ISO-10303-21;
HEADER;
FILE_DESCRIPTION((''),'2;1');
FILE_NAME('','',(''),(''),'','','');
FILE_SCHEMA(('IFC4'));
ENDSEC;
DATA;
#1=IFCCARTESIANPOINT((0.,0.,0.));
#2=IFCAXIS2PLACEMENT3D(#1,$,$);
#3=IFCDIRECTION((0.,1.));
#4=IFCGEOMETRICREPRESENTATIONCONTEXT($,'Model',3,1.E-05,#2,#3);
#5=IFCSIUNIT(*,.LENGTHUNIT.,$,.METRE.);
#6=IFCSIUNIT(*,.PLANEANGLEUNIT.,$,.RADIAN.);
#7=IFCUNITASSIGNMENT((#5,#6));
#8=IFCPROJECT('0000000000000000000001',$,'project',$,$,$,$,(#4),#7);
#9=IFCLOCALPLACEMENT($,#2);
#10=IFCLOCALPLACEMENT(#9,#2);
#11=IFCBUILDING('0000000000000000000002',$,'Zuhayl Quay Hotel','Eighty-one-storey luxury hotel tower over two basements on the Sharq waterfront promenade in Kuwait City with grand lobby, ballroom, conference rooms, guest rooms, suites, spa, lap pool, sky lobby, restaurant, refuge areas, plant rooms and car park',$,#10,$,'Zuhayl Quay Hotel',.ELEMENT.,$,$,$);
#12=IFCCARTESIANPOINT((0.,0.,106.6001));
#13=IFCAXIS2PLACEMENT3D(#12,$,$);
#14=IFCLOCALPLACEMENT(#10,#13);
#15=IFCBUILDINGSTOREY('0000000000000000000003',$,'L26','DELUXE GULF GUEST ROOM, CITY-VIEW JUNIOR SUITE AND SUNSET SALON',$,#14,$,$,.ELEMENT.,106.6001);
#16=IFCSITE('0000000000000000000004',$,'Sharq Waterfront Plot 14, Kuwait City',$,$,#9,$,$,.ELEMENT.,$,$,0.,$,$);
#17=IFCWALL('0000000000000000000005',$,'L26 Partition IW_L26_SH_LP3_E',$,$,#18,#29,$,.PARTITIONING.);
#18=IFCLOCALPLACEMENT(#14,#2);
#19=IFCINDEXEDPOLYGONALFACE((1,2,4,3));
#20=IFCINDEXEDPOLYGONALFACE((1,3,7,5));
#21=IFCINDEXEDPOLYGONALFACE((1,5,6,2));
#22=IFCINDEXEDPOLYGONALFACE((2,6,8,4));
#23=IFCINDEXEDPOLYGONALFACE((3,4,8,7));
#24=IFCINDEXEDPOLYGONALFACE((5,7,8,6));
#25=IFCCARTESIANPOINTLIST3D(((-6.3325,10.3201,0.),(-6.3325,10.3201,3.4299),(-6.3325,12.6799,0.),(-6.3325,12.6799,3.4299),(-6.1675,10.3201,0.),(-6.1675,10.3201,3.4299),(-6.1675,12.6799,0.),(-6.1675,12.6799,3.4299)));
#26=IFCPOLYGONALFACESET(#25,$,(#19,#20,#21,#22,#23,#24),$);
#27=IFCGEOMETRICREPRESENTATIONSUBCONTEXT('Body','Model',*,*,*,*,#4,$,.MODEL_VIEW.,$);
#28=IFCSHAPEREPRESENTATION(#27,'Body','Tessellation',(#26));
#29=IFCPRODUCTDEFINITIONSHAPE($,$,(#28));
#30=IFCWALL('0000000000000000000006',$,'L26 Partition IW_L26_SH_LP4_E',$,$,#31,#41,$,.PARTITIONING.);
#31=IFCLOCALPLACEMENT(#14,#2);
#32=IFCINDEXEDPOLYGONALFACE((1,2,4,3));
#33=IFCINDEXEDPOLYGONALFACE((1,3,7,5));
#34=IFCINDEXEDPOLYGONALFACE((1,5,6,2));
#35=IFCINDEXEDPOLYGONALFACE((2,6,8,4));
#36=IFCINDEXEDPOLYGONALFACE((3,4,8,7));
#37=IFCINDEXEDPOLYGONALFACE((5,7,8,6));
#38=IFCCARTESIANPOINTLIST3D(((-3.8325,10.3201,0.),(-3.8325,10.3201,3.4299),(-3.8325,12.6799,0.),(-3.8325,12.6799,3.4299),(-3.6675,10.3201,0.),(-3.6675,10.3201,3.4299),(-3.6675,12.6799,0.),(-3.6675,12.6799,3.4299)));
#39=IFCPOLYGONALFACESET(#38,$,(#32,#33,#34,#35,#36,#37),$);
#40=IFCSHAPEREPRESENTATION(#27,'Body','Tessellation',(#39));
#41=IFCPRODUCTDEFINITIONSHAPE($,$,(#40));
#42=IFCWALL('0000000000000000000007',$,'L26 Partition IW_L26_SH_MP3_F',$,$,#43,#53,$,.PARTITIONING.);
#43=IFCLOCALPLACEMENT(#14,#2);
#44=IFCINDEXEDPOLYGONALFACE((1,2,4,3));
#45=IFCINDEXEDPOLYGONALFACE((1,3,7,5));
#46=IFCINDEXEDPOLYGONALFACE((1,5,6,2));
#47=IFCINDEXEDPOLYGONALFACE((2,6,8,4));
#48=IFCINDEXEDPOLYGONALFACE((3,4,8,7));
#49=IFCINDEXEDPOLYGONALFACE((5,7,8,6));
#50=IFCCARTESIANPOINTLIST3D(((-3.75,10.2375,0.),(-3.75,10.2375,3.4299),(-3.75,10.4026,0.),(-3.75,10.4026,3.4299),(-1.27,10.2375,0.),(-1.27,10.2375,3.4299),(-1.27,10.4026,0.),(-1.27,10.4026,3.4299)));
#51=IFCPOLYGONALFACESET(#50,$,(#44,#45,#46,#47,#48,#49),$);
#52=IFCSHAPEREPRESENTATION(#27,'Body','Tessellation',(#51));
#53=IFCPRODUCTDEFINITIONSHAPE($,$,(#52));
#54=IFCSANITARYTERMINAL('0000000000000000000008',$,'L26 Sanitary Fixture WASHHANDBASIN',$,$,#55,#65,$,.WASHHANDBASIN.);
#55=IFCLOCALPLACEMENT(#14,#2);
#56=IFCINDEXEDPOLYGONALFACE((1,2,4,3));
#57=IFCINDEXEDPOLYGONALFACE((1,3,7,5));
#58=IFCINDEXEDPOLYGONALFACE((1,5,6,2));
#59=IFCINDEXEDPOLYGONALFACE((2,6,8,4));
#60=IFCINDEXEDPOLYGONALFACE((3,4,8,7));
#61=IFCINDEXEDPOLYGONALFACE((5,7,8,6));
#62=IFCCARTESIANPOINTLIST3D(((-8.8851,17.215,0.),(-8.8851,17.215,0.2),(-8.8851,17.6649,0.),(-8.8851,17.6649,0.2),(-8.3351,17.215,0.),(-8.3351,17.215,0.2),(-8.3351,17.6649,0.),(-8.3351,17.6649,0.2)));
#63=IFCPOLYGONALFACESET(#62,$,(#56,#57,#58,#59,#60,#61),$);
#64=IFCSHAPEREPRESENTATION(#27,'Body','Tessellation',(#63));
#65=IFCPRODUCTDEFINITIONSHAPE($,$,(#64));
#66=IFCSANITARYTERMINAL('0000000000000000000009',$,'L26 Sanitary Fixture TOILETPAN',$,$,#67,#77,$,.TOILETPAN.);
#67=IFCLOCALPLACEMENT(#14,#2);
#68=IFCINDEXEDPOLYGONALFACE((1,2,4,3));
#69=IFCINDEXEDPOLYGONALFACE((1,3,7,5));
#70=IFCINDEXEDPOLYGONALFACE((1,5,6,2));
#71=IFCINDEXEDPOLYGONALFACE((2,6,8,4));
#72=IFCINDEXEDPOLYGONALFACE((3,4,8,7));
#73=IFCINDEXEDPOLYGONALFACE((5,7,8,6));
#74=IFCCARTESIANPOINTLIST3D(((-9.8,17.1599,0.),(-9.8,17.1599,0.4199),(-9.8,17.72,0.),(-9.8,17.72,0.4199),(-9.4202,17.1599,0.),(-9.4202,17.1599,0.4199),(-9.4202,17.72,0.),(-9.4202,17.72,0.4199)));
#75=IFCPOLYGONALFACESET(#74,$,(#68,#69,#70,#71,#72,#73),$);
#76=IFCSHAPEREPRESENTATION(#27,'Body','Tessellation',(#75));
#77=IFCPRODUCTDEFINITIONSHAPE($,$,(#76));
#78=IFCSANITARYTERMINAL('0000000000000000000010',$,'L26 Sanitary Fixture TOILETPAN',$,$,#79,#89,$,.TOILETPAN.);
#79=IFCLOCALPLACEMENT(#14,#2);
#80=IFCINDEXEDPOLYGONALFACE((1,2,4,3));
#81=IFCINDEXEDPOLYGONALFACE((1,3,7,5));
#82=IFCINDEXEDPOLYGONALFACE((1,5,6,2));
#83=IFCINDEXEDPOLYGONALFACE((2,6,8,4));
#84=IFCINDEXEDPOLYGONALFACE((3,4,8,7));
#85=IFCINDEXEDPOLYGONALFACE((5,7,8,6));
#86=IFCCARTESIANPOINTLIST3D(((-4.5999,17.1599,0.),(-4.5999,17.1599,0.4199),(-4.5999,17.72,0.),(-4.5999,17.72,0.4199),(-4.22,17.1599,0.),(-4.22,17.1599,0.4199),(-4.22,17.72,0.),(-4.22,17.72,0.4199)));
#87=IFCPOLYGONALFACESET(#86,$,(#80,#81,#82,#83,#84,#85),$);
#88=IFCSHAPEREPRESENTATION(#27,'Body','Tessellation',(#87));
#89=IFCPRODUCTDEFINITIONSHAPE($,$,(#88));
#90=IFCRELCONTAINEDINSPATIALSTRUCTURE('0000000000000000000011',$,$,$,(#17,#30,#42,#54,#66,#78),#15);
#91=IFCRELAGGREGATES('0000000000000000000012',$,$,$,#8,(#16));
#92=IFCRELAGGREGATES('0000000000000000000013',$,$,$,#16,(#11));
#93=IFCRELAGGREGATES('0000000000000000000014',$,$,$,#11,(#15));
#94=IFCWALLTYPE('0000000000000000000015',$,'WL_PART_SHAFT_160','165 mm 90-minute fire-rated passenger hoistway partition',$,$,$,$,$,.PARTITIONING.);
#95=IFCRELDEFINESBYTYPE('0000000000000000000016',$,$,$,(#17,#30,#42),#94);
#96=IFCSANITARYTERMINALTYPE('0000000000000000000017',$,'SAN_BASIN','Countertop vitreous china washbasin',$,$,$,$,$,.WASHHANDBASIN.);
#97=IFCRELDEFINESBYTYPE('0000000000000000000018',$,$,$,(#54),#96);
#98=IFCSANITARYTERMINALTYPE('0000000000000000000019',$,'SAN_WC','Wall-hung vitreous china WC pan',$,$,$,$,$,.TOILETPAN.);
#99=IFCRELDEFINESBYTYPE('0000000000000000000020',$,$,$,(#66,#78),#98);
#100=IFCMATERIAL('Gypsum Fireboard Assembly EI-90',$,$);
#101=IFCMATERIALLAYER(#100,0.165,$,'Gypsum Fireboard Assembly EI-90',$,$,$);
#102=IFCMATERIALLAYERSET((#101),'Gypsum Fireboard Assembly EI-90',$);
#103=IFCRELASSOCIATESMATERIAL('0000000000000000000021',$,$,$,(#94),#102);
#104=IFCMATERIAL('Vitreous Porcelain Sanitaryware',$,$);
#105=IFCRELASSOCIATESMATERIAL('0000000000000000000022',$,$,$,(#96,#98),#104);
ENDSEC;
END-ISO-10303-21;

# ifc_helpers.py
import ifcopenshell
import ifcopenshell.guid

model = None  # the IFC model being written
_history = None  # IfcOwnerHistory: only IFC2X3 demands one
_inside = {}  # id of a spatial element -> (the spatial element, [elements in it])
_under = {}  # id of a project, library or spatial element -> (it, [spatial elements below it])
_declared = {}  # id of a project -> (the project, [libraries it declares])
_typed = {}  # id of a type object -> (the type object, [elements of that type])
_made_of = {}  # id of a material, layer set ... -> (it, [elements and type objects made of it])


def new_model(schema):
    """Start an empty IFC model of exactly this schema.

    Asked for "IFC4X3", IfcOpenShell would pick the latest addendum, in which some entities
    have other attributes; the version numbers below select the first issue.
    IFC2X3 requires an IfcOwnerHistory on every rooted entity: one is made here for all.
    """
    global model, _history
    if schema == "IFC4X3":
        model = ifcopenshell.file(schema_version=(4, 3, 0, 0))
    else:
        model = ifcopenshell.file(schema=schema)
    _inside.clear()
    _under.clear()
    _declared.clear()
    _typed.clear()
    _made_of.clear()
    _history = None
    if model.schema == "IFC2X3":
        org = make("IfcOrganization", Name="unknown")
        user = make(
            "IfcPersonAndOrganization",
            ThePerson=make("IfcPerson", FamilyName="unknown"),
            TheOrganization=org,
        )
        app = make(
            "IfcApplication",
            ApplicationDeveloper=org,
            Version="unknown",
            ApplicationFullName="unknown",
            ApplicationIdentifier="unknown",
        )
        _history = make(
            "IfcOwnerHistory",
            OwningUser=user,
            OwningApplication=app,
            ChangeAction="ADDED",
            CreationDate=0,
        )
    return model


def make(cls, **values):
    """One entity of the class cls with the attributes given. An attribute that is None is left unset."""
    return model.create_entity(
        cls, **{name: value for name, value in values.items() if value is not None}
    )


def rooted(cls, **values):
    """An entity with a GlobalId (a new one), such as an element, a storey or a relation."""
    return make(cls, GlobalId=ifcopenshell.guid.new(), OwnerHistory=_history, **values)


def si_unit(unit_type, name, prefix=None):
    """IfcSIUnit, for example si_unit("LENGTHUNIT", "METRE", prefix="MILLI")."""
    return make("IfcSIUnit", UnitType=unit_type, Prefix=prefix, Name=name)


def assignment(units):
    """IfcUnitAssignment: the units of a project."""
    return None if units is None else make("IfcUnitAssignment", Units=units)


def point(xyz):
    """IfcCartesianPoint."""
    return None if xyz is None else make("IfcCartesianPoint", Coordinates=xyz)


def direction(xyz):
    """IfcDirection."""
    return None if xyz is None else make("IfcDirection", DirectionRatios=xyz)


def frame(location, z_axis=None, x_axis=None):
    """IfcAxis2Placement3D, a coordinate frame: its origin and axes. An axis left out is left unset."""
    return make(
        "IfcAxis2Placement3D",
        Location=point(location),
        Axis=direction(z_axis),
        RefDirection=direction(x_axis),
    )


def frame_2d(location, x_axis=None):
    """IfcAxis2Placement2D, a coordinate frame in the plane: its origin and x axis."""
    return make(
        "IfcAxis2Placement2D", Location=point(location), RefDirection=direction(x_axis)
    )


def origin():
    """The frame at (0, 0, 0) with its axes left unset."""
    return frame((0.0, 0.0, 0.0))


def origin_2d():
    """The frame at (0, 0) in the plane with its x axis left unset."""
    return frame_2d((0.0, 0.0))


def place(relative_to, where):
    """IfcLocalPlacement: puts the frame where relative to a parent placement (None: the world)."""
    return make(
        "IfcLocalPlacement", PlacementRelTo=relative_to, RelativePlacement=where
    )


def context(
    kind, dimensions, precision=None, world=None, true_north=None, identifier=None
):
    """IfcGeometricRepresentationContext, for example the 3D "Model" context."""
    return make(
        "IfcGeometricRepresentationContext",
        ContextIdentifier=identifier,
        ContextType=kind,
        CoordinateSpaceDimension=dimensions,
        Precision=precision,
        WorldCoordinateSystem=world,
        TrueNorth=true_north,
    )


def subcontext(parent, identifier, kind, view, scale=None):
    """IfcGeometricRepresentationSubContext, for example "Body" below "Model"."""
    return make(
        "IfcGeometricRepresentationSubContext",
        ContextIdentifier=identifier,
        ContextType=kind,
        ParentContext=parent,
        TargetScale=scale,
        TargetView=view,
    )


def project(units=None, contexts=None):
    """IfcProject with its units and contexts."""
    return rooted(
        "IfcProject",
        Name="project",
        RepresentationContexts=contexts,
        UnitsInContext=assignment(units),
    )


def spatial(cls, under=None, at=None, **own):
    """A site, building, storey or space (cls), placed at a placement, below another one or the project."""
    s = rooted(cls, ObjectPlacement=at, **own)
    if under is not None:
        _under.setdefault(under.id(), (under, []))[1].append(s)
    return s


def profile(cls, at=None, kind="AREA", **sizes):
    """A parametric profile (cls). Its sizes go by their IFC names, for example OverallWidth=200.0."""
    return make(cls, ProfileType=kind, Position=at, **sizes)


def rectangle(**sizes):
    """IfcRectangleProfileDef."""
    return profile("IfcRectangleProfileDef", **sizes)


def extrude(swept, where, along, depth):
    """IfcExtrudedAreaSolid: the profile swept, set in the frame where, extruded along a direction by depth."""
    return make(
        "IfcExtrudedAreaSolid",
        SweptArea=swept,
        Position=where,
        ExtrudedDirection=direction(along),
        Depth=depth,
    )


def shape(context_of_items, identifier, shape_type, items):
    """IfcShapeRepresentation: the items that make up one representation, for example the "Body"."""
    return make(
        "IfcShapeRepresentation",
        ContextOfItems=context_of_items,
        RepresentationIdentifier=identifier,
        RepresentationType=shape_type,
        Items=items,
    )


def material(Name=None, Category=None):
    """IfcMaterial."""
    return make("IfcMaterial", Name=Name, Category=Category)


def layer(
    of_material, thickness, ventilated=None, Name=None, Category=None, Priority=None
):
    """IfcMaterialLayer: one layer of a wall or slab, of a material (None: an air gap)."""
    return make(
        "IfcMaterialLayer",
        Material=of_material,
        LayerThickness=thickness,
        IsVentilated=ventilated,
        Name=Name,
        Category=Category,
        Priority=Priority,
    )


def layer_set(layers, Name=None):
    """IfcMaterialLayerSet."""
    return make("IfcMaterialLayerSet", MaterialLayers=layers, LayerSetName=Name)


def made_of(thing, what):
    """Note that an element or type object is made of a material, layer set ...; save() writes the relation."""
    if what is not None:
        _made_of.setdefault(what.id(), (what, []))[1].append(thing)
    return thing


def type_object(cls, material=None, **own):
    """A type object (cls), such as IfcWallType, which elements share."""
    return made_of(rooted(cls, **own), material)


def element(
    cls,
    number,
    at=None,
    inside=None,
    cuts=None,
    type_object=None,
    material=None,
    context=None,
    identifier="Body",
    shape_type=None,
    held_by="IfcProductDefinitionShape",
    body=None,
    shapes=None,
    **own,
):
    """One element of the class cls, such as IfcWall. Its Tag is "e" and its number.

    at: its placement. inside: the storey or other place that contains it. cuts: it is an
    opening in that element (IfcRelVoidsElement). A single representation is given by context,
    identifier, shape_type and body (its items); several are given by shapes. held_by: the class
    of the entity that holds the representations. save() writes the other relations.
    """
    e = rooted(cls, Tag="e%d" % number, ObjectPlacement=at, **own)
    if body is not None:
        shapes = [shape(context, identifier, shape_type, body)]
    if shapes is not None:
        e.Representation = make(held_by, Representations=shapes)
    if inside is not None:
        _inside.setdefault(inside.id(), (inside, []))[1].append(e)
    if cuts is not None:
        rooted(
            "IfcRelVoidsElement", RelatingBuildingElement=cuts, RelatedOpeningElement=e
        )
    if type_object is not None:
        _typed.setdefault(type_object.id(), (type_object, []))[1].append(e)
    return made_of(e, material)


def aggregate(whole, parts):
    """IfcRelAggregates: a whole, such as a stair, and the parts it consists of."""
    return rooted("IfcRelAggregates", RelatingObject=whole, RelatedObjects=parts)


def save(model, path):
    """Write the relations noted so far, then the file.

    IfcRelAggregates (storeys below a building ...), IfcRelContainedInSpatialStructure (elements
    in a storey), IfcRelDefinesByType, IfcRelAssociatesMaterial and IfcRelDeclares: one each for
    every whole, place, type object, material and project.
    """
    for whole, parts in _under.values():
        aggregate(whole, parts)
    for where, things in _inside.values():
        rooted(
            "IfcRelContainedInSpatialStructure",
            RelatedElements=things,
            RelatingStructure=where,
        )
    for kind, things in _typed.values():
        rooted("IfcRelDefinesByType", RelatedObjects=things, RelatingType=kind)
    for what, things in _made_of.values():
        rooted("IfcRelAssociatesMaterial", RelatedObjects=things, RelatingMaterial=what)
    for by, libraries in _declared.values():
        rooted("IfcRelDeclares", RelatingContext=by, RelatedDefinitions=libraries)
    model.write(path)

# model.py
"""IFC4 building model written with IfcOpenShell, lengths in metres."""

from ifc_helpers import new_model, si_unit, direction, frame, frame_2d, origin, origin_2d, place, context, subcontext, project, spatial, rectangle, extrude, material, layer, layer_set, type_object, element, save


model = new_model("IFC4")

# Units and contexts
model_context = context("Model", 3, precision=1e-05, world=origin(), true_north=direction((0.0, 1.0)))
body_context = subcontext(model_context, "Body", "Model", "MODEL_VIEW")
ifc_project = project(units=[si_unit("LENGTHUNIT", "METRE"), si_unit("PLANEANGLEUNIT", "RADIAN")], contexts=[model_context])

# Site, building, storey
site_placement = place(None, origin())
site = spatial("IfcSite", under=ifc_project, at=site_placement, Name="Sharq Waterfront Plot 14, Kuwait City", CompositionType="ELEMENT", RefElevation=0.0)
building_placement = place(site_placement, origin())
building = spatial("IfcBuilding", under=site, at=building_placement, Name="Zuhayl Quay Hotel", Description="Eighty-one-storey luxury hotel tower over two basements on the Sharq waterfront promenade in Kuwait City with grand lobby, ballroom, conference rooms, guest rooms, suites, spa, lap pool, sky lobby, restaurant, refuge areas, plant rooms and car park", LongName="Zuhayl Quay Hotel", CompositionType="ELEMENT")
storey_placement = place(building_placement, frame((0.0, 0.0, 106.6001)))
storey = spatial("IfcBuildingStorey", under=building, at=storey_placement, Name="L26", Description="DELUXE GULF GUEST ROOM, CITY-VIEW JUNIOR SUITE AND SUNSET SALON", CompositionType="ELEMENT", Elevation=106.6001)

# Shared definitions
ifc_material_1 = material(Name="Gypsum Fireboard Assembly EI-90")
ifc_layer_1 = layer(ifc_material_1, 0.165, Name="Gypsum Fireboard Assembly EI-90")
ifc_layer_set_1 = layer_set([ifc_layer_1], Name="Gypsum Fireboard Assembly EI-90")
wall_type_1 = type_object("IfcWallType", Name="WL_PART_SHAFT_160", Description="165 mm 90-minute fire-rated passenger hoistway partition", PredefinedType="PARTITIONING", material=ifc_layer_set_1)

# Walls
for number, where, z_axis, x_axis, name in (
    (1, (-6.25, 10.3201, 0.0), (0.0, 0.0, 1.0), (0.0, 1.0, 0.0), "L26 Partition IW_L26_SH_LP3_E"),
    (2, (-3.75, 10.3201, 0.0), (0.0, 0.0, 1.0), (0.0, 1.0, 0.0), "L26 Partition IW_L26_SH_LP4_E"),
):
    element("IfcWall", number, at=place(storey_placement, frame(where, z_axis=z_axis, x_axis=x_axis)), inside=storey, type_object=wall_type_1, Name=name, PredefinedType="PARTITIONING", context=body_context, shape_type="SweptSolid", body=[
        extrude(rectangle(XDim=2.3599, YDim=0.165, at=frame_2d((1.1799, 0.0))), origin(), (0.0, 0.0, 1.0), 3.4299),
    ])
wall_1_placement = place(storey_placement, frame((-3.75, 10.3201, 0.0), z_axis=(0.0, 0.0, 1.0), x_axis=(1.0, 0.0, 0.0)))
element("IfcWall", 3, at=wall_1_placement, inside=storey, type_object=wall_type_1, Name="L26 Partition IW_L26_SH_MP3_F", PredefinedType="PARTITIONING", context=body_context, shape_type="SweptSolid", body=[
    extrude(rectangle(XDim=2.48, YDim=0.165, at=frame_2d((1.24, 0.0))), origin(), (0.0, 0.0, 1.0), 3.4299),
])

# Sanitary terminals
ifc_material_2 = material(Name="Vitreous Porcelain Sanitaryware")
sanitary_terminal_type_1 = type_object("IfcSanitaryTerminalType", Name="SAN_BASIN", Description="Countertop vitreous china washbasin", PredefinedType="WASHHANDBASIN", material=ifc_material_2)
sanitary_terminal_placement = place(storey_placement, frame((-8.6101, 17.4399, 0.0), z_axis=(0.0, 0.0, 1.0), x_axis=(1.0, 0.0, 0.0)))
element("IfcSanitaryTerminal", 4, at=sanitary_terminal_placement, inside=storey, type_object=sanitary_terminal_type_1, Name="L26 Sanitary Fixture WASHHANDBASIN", PredefinedType="WASHHANDBASIN", context=body_context, shape_type="SweptSolid", body=[
    extrude(rectangle(XDim=0.55, YDim=0.45, at=origin_2d()), origin(), (0.0, 0.0, 1.0), 0.2),
])
sanitary_terminal_type_2 = type_object("IfcSanitaryTerminalType", Name="SAN_WC", Description="Wall-hung vitreous china WC pan", PredefinedType="TOILETPAN", material=ifc_material_2)
for number, where, z_axis, x_axis, name in (
    (5, (-9.6101, 17.4399, 0.0), (0.0, 0.0, 1.0), (1.0, 0.0, 0.0), "L26 Sanitary Fixture TOILETPAN"),
    (6, (-4.4099, 17.4399, 0.0), (0.0, 0.0, 1.0), (1.0, 0.0, 0.0), "L26 Sanitary Fixture TOILETPAN"),
):
    element("IfcSanitaryTerminal", number, at=place(storey_placement, frame(where, z_axis=z_axis, x_axis=x_axis)), inside=storey, type_object=sanitary_terminal_type_2, Name=name, PredefinedType="TOILETPAN", context=body_context, shape_type="SweptSolid", body=[
        extrude(rectangle(XDim=0.3799, YDim=0.5601, at=origin_2d()), origin(), (0.0, 0.0, 1.0), 0.4199),
    ])

save(model, "model.ifc")
